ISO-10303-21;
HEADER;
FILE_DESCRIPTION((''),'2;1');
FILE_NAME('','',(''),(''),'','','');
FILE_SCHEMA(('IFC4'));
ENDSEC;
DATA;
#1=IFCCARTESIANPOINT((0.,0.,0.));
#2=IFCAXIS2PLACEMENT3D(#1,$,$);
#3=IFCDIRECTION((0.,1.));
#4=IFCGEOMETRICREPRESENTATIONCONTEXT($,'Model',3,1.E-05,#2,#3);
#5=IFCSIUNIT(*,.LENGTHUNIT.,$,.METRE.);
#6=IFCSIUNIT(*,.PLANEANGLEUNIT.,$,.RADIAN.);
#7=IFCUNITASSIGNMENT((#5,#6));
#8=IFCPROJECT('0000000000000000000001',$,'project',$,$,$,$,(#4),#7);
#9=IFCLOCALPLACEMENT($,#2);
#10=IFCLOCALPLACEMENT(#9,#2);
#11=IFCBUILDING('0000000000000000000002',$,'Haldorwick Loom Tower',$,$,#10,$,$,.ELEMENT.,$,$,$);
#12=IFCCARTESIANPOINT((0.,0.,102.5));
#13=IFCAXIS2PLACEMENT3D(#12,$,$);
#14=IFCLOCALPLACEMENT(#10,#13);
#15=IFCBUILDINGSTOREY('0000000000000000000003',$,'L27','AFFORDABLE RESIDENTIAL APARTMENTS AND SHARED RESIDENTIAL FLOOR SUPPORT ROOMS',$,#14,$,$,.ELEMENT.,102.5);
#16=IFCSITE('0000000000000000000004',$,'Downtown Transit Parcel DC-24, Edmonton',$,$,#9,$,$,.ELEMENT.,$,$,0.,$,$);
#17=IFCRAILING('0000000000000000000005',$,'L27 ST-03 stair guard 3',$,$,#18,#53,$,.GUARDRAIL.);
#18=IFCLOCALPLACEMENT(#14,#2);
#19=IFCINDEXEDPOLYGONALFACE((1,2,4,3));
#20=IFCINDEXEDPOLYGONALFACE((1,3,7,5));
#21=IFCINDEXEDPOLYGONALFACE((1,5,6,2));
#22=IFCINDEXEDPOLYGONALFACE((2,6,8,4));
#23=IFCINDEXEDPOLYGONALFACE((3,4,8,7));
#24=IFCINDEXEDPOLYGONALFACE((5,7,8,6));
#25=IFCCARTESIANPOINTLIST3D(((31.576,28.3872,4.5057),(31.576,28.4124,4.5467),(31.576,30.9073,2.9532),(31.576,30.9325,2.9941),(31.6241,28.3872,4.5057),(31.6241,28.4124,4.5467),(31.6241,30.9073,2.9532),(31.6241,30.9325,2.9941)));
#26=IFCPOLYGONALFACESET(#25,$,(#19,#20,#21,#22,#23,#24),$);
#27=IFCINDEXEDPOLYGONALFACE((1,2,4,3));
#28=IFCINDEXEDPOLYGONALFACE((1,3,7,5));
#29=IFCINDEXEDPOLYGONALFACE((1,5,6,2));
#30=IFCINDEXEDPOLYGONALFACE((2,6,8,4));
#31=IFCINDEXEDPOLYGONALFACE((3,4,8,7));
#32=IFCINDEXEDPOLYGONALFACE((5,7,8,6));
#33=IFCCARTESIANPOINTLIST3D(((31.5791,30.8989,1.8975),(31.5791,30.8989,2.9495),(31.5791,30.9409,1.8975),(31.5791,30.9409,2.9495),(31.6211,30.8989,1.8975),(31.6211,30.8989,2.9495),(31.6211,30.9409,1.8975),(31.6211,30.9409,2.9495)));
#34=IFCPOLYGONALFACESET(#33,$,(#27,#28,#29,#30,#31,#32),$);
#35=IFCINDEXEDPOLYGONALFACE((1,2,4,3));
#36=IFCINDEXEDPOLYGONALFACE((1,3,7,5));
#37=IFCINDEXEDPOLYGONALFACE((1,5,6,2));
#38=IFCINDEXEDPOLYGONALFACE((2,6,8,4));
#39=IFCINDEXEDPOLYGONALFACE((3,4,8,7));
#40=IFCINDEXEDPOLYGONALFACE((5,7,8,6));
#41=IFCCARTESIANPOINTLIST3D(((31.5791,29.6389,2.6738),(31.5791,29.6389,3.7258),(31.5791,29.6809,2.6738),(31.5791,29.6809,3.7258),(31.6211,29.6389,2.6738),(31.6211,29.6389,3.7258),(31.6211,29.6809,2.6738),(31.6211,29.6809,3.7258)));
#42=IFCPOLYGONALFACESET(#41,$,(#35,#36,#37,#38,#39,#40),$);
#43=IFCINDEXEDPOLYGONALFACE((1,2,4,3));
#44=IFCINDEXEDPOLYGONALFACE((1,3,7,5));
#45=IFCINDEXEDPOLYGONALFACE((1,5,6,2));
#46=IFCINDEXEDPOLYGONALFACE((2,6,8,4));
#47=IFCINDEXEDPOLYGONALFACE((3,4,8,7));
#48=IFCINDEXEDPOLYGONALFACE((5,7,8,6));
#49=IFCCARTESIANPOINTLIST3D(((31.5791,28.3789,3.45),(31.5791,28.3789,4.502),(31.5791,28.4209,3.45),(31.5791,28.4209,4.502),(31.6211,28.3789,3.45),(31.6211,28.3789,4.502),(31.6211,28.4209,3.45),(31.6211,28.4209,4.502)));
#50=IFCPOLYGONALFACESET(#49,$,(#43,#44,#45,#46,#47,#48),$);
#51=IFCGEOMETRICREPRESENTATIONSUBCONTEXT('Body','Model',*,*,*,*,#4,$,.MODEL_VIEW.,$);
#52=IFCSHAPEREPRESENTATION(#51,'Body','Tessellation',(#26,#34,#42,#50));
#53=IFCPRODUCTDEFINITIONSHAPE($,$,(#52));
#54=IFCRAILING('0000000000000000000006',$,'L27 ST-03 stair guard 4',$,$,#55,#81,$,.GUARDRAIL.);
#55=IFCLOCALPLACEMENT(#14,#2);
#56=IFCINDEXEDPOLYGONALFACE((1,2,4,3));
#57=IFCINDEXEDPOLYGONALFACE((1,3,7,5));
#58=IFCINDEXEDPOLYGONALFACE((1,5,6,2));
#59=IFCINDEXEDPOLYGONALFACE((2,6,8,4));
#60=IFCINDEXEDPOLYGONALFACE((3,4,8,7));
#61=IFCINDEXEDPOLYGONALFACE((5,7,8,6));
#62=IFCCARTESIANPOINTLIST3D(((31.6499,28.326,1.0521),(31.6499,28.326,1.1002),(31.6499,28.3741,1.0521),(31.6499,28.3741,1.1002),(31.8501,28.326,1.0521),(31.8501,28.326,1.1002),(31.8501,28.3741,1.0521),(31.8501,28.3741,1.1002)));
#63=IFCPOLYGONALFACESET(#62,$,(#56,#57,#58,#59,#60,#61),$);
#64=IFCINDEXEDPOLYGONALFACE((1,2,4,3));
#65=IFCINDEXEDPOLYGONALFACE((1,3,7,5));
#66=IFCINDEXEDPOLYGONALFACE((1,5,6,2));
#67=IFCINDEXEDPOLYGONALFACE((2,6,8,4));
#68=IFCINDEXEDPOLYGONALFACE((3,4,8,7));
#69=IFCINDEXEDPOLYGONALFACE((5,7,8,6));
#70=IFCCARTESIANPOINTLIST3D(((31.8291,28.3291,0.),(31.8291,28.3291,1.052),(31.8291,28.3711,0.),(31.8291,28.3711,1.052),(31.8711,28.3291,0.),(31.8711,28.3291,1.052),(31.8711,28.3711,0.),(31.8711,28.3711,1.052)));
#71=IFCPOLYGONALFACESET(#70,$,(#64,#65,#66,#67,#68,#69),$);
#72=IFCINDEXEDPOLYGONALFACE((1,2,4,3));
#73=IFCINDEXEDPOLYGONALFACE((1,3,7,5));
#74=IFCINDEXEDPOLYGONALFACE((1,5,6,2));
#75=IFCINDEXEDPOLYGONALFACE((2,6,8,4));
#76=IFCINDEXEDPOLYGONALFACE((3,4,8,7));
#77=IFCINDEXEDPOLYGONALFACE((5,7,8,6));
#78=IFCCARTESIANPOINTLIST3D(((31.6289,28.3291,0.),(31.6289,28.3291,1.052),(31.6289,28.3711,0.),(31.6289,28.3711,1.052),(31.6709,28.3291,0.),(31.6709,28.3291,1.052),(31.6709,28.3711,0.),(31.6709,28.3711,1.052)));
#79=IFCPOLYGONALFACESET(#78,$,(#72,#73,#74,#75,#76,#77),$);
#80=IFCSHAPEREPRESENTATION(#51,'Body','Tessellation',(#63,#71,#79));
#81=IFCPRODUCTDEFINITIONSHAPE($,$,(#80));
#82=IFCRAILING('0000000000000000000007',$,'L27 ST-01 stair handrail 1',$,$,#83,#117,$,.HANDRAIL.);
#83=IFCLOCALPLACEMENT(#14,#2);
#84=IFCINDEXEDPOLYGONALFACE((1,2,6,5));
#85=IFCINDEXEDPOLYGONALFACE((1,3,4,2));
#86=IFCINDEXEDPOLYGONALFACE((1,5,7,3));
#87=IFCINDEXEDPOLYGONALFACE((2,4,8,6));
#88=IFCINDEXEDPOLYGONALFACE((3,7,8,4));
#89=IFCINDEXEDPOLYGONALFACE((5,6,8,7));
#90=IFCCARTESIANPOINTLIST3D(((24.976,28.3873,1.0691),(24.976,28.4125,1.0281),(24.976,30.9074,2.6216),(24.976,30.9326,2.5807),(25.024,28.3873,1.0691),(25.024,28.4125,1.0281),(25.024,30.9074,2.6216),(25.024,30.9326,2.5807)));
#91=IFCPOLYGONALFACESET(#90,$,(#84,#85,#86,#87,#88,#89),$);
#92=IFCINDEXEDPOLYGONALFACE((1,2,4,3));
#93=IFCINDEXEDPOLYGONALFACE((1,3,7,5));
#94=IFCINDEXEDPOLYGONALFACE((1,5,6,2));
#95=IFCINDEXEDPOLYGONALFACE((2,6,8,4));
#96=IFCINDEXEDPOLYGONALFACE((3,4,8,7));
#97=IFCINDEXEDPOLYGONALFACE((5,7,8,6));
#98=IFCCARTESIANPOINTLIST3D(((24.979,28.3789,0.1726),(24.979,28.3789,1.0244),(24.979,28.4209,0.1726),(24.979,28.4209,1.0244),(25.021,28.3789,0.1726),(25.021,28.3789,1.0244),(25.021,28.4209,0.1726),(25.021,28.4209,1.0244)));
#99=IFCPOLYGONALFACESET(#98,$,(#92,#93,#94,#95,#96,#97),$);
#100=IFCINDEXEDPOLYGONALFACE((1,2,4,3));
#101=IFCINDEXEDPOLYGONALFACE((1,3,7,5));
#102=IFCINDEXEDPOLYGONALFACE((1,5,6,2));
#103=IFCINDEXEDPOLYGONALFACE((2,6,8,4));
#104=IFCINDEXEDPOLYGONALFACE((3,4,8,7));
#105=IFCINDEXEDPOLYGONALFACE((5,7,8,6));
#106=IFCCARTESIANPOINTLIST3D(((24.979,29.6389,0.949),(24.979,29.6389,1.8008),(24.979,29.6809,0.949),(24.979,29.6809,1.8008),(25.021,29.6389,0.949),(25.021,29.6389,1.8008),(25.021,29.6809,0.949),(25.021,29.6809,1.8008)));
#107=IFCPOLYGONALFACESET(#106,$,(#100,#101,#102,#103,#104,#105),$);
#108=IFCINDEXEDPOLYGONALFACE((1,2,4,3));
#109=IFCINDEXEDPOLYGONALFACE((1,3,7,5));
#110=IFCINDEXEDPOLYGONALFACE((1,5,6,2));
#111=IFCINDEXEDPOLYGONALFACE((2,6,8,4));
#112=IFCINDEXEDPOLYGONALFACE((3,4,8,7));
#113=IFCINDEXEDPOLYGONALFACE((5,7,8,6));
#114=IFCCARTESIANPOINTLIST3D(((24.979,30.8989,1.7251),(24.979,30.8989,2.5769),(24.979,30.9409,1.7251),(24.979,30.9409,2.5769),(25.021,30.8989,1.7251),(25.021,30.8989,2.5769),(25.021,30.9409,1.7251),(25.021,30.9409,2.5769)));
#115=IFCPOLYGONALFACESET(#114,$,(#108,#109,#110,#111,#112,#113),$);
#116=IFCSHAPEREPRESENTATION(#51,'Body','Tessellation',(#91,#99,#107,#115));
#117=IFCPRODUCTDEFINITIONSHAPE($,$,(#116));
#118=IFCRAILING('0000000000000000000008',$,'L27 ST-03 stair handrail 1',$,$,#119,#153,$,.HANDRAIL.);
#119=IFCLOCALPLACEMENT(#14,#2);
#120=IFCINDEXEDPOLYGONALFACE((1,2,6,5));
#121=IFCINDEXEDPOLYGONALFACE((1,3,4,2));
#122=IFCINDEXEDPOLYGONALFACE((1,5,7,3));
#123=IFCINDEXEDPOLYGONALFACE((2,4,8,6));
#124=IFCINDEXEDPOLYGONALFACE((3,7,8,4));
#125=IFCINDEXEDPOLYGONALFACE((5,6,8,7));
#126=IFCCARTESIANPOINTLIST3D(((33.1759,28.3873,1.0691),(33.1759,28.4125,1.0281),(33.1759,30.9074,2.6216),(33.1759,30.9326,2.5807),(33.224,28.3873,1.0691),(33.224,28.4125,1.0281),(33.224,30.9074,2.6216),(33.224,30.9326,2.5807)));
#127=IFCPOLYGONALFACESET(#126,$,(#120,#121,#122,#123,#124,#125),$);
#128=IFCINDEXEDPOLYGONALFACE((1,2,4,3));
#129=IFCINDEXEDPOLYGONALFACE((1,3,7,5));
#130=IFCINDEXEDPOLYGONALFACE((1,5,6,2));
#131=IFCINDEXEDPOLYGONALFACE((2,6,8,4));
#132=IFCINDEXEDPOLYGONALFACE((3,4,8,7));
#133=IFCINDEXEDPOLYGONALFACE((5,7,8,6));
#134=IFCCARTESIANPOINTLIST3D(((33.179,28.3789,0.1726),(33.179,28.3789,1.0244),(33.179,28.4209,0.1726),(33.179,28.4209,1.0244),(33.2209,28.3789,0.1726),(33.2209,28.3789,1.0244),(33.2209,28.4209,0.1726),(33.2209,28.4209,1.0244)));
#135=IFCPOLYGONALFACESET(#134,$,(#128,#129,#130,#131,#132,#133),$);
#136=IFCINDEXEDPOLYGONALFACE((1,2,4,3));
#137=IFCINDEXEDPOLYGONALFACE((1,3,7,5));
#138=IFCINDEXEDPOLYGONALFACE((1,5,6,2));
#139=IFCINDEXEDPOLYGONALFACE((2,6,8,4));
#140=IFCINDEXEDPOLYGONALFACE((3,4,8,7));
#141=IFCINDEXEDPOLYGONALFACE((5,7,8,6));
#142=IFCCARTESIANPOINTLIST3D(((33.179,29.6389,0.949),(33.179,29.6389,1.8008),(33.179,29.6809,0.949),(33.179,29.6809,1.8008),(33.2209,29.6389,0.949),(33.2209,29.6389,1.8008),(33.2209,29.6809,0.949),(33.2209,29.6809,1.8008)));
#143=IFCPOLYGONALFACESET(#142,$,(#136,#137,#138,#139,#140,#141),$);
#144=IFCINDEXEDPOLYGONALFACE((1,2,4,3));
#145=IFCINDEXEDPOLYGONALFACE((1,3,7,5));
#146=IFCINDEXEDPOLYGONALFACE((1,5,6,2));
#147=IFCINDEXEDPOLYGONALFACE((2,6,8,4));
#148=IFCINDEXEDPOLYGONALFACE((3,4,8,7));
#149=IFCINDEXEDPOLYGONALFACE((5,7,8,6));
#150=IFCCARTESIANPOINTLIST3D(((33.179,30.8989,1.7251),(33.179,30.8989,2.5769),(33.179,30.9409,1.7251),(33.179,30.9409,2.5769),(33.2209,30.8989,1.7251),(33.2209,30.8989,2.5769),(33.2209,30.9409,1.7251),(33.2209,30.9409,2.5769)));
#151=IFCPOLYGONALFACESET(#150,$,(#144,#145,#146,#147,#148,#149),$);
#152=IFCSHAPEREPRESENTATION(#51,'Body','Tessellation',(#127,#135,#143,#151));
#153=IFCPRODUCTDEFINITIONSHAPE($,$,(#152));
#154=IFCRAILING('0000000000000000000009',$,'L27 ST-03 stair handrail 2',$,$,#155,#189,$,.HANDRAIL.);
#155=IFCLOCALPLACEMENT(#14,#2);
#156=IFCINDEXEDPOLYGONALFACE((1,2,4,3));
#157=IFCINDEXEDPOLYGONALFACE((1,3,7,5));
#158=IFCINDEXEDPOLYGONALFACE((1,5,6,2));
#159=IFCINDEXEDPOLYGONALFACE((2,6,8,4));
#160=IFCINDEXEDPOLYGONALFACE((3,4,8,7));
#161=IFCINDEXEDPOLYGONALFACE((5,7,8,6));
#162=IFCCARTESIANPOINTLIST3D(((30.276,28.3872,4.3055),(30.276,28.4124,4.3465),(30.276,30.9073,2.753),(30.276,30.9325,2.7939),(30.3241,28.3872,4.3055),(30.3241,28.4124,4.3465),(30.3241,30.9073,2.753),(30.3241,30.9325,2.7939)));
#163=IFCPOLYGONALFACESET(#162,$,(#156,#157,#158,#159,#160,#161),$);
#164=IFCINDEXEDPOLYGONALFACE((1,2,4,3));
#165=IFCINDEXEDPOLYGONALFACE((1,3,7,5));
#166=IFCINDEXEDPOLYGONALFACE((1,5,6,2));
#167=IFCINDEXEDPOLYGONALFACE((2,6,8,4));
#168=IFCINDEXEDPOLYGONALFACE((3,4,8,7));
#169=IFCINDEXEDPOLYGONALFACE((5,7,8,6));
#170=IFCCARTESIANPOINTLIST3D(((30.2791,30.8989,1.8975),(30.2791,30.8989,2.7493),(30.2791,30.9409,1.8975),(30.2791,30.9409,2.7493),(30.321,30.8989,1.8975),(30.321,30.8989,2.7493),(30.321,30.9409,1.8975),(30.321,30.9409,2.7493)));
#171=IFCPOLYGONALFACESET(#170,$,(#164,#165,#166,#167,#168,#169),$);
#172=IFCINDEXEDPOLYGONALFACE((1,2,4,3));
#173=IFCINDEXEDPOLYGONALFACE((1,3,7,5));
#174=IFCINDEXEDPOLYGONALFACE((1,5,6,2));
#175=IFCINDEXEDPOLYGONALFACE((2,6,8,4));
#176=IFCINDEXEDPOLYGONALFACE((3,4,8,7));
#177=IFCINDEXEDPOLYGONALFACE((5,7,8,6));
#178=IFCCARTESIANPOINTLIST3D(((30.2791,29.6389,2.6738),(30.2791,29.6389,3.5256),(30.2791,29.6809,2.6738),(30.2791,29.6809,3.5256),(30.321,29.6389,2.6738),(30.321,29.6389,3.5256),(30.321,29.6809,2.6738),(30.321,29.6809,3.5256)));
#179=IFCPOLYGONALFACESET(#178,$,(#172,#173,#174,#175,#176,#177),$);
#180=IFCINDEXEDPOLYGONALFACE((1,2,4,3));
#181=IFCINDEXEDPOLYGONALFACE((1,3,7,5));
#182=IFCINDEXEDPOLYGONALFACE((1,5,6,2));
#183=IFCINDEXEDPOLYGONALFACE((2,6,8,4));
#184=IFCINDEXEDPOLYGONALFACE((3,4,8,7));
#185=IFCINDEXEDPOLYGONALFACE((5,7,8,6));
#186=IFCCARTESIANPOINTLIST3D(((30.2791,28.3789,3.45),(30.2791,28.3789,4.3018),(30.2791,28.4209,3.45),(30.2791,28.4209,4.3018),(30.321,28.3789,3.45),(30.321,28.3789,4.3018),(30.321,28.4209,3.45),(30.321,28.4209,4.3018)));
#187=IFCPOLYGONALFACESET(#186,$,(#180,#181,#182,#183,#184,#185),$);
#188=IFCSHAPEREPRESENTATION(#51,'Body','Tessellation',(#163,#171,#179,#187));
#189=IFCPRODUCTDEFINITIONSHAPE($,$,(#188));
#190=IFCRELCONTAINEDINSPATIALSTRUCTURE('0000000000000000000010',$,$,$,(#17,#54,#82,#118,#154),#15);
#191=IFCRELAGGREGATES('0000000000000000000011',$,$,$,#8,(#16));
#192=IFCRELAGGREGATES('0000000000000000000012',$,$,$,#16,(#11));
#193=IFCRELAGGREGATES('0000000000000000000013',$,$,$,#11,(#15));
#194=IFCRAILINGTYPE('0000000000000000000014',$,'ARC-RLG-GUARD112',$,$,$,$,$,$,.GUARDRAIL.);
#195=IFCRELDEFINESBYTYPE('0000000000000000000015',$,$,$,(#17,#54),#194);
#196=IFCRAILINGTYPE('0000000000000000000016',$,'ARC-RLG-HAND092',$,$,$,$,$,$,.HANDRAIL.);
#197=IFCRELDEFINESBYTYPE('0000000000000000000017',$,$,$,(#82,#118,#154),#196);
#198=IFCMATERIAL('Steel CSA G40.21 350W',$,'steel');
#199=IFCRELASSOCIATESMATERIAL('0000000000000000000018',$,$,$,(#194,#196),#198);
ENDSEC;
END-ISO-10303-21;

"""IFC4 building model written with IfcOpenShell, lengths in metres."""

from ifc_helpers import new_model, si_unit, direction, frame, origin, origin_2d, place, context, subcontext, project, spatial, rectangle, extrude, material, type_object, element, save


model = new_model("IFC4")

# Units and contexts
model_context = context("Model", 3, precision=1e-05, world=origin(), true_north=direction((0.0, 1.0)))
body_context = subcontext(model_context, "Body", "Model", "MODEL_VIEW")
ifc_project = project(units=[si_unit("LENGTHUNIT", "METRE"), si_unit("PLANEANGLEUNIT", "RADIAN")], contexts=[model_context])

# Site, building, storey
site_placement = place(None, origin())
site = spatial("IfcSite", under=ifc_project, at=site_placement, Name="Downtown Transit Parcel DC-24, Edmonton", CompositionType="ELEMENT", RefElevation=0.0)
building_placement = place(site_placement, origin())
building = spatial("IfcBuilding", under=site, at=building_placement, Name="Haldorwick Loom Tower", CompositionType="ELEMENT")
storey_placement = place(building_placement, frame((0.0, 0.0, 102.5)))
storey = spatial("IfcBuildingStorey", under=building, at=storey_placement, Name="L27", Description="AFFORDABLE RESIDENTIAL APARTMENTS AND SHARED RESIDENTIAL FLOOR SUPPORT ROOMS", CompositionType="ELEMENT", Elevation=102.5)

# Shared definitions
ifc_material_1 = material(Name="Steel CSA G40.21 350W", Category="steel")

# Railings
railing_type_1 = type_object("IfcRailingType", Name="ARC-RLG-GUARD112", PredefinedType="GUARDRAIL", material=ifc_material_1)
railing_1_placement = place(storey_placement, frame((31.6001, 30.9199, 1.8975)))
element("IfcRailing", 1, at=railing_1_placement, inside=storey, type_object=railing_type_1, Name="L27 ST-03 stair guard 3", PredefinedType="GUARDRAIL", context=body_context, shape_type="SweptSolid", body=[
    extrude(rectangle(XDim=0.0481, YDim=0.0481, at=origin_2d()), frame((0.0, 0.0, 1.0762), z_axis=(0.0, -0.8514, 0.524516), x_axis=(1.0, 0.0, 0.0)), (0.0, 0.0, 1.0), 2.96),
    extrude(rectangle(XDim=0.042, YDim=0.042, at=origin_2d()), origin(), (0.0, 0.0, 1.0), 1.052),
    extrude(rectangle(XDim=0.042, YDim=0.042, at=origin_2d()), frame((0.0, -1.26, 0.7764)), (0.0, 0.0, 1.0), 1.052),
    extrude(rectangle(XDim=0.042, YDim=0.042, at=origin_2d()), frame((0.0, -2.52, 1.5525)), (0.0, 0.0, 1.0), 1.052),
])
railing_2_placement = place(storey_placement, frame((31.8501, 28.3501, 0.0)))
element("IfcRailing", 2, at=railing_2_placement, inside=storey, type_object=railing_type_1, Name="L27 ST-03 stair guard 4", PredefinedType="GUARDRAIL", context=body_context, shape_type="SweptSolid", body=[
    extrude(rectangle(XDim=0.0481, YDim=0.0481, at=origin_2d()), frame((0.0, 0.0, 1.0762), z_axis=(-1.0, 0.0, 0.0), x_axis=(0.0, -1.0, 0.0)), (0.0, 0.0, 1.0), 0.2002),
    extrude(rectangle(XDim=0.042, YDim=0.042, at=origin_2d()), origin(), (0.0, 0.0, 1.0), 1.052),
    extrude(rectangle(XDim=0.042, YDim=0.042, at=origin_2d()), frame((-0.2002, 0.0, 0.0)), (0.0, 0.0, 1.0), 1.052),
])
railing_type_2 = type_object("IfcRailingType", Name="ARC-RLG-HAND092", PredefinedType="HANDRAIL", material=ifc_material_1)
for number, where, name in (
    (3, (25.0, 28.3999, 0.1726), "L27 ST-01 stair handrail 1"),
    (4, (33.2, 28.3999, 0.1726), "L27 ST-03 stair handrail 1"),
):
    element("IfcRailing", number, at=place(storey_placement, frame(where)), inside=storey, type_object=railing_type_2, Name=name, PredefinedType="HANDRAIL", context=body_context, shape_type="SweptSolid", body=[
        extrude(rectangle(XDim=0.0481, YDim=0.0481, at=origin_2d()), frame((0.0, 0.0, 0.876), z_axis=(0.0, 0.8514, 0.524516), x_axis=(-1.0, 0.0, 0.0)), (0.0, 0.0, 1.0), 2.96),
        extrude(rectangle(XDim=0.042, YDim=0.042, at=origin_2d()), origin(), (0.0, 0.0, 1.0), 0.8518),
        extrude(rectangle(XDim=0.042, YDim=0.042, at=origin_2d()), frame((0.0, 1.26, 0.7764)), (0.0, 0.0, 1.0), 0.8518),
        extrude(rectangle(XDim=0.042, YDim=0.042, at=origin_2d()), frame((0.0, 2.52, 1.5525)), (0.0, 0.0, 1.0), 0.8518),
    ])
railing_3_placement = place(storey_placement, frame((30.3, 30.9199, 1.8975)))
element("IfcRailing", 5, at=railing_3_placement, inside=storey, type_object=railing_type_2, Name="L27 ST-03 stair handrail 2", PredefinedType="HANDRAIL", context=body_context, shape_type="SweptSolid", body=[
    extrude(rectangle(XDim=0.0481, YDim=0.0481, at=origin_2d()), frame((0.0, 0.0, 0.876), z_axis=(0.0, -0.8514, 0.524516), x_axis=(1.0, 0.0, 0.0)), (0.0, 0.0, 1.0), 2.96),
    extrude(rectangle(XDim=0.042, YDim=0.042, at=origin_2d()), origin(), (0.0, 0.0, 1.0), 0.8518),
    extrude(rectangle(XDim=0.042, YDim=0.042, at=origin_2d()), frame((0.0, -1.26, 0.7764)), (0.0, 0.0, 1.0), 0.8518),
    extrude(rectangle(XDim=0.042, YDim=0.042, at=origin_2d()), frame((0.0, -2.52, 1.5525)), (0.0, 0.0, 1.0), 0.8518),
])

save(model, "model.ifc")
